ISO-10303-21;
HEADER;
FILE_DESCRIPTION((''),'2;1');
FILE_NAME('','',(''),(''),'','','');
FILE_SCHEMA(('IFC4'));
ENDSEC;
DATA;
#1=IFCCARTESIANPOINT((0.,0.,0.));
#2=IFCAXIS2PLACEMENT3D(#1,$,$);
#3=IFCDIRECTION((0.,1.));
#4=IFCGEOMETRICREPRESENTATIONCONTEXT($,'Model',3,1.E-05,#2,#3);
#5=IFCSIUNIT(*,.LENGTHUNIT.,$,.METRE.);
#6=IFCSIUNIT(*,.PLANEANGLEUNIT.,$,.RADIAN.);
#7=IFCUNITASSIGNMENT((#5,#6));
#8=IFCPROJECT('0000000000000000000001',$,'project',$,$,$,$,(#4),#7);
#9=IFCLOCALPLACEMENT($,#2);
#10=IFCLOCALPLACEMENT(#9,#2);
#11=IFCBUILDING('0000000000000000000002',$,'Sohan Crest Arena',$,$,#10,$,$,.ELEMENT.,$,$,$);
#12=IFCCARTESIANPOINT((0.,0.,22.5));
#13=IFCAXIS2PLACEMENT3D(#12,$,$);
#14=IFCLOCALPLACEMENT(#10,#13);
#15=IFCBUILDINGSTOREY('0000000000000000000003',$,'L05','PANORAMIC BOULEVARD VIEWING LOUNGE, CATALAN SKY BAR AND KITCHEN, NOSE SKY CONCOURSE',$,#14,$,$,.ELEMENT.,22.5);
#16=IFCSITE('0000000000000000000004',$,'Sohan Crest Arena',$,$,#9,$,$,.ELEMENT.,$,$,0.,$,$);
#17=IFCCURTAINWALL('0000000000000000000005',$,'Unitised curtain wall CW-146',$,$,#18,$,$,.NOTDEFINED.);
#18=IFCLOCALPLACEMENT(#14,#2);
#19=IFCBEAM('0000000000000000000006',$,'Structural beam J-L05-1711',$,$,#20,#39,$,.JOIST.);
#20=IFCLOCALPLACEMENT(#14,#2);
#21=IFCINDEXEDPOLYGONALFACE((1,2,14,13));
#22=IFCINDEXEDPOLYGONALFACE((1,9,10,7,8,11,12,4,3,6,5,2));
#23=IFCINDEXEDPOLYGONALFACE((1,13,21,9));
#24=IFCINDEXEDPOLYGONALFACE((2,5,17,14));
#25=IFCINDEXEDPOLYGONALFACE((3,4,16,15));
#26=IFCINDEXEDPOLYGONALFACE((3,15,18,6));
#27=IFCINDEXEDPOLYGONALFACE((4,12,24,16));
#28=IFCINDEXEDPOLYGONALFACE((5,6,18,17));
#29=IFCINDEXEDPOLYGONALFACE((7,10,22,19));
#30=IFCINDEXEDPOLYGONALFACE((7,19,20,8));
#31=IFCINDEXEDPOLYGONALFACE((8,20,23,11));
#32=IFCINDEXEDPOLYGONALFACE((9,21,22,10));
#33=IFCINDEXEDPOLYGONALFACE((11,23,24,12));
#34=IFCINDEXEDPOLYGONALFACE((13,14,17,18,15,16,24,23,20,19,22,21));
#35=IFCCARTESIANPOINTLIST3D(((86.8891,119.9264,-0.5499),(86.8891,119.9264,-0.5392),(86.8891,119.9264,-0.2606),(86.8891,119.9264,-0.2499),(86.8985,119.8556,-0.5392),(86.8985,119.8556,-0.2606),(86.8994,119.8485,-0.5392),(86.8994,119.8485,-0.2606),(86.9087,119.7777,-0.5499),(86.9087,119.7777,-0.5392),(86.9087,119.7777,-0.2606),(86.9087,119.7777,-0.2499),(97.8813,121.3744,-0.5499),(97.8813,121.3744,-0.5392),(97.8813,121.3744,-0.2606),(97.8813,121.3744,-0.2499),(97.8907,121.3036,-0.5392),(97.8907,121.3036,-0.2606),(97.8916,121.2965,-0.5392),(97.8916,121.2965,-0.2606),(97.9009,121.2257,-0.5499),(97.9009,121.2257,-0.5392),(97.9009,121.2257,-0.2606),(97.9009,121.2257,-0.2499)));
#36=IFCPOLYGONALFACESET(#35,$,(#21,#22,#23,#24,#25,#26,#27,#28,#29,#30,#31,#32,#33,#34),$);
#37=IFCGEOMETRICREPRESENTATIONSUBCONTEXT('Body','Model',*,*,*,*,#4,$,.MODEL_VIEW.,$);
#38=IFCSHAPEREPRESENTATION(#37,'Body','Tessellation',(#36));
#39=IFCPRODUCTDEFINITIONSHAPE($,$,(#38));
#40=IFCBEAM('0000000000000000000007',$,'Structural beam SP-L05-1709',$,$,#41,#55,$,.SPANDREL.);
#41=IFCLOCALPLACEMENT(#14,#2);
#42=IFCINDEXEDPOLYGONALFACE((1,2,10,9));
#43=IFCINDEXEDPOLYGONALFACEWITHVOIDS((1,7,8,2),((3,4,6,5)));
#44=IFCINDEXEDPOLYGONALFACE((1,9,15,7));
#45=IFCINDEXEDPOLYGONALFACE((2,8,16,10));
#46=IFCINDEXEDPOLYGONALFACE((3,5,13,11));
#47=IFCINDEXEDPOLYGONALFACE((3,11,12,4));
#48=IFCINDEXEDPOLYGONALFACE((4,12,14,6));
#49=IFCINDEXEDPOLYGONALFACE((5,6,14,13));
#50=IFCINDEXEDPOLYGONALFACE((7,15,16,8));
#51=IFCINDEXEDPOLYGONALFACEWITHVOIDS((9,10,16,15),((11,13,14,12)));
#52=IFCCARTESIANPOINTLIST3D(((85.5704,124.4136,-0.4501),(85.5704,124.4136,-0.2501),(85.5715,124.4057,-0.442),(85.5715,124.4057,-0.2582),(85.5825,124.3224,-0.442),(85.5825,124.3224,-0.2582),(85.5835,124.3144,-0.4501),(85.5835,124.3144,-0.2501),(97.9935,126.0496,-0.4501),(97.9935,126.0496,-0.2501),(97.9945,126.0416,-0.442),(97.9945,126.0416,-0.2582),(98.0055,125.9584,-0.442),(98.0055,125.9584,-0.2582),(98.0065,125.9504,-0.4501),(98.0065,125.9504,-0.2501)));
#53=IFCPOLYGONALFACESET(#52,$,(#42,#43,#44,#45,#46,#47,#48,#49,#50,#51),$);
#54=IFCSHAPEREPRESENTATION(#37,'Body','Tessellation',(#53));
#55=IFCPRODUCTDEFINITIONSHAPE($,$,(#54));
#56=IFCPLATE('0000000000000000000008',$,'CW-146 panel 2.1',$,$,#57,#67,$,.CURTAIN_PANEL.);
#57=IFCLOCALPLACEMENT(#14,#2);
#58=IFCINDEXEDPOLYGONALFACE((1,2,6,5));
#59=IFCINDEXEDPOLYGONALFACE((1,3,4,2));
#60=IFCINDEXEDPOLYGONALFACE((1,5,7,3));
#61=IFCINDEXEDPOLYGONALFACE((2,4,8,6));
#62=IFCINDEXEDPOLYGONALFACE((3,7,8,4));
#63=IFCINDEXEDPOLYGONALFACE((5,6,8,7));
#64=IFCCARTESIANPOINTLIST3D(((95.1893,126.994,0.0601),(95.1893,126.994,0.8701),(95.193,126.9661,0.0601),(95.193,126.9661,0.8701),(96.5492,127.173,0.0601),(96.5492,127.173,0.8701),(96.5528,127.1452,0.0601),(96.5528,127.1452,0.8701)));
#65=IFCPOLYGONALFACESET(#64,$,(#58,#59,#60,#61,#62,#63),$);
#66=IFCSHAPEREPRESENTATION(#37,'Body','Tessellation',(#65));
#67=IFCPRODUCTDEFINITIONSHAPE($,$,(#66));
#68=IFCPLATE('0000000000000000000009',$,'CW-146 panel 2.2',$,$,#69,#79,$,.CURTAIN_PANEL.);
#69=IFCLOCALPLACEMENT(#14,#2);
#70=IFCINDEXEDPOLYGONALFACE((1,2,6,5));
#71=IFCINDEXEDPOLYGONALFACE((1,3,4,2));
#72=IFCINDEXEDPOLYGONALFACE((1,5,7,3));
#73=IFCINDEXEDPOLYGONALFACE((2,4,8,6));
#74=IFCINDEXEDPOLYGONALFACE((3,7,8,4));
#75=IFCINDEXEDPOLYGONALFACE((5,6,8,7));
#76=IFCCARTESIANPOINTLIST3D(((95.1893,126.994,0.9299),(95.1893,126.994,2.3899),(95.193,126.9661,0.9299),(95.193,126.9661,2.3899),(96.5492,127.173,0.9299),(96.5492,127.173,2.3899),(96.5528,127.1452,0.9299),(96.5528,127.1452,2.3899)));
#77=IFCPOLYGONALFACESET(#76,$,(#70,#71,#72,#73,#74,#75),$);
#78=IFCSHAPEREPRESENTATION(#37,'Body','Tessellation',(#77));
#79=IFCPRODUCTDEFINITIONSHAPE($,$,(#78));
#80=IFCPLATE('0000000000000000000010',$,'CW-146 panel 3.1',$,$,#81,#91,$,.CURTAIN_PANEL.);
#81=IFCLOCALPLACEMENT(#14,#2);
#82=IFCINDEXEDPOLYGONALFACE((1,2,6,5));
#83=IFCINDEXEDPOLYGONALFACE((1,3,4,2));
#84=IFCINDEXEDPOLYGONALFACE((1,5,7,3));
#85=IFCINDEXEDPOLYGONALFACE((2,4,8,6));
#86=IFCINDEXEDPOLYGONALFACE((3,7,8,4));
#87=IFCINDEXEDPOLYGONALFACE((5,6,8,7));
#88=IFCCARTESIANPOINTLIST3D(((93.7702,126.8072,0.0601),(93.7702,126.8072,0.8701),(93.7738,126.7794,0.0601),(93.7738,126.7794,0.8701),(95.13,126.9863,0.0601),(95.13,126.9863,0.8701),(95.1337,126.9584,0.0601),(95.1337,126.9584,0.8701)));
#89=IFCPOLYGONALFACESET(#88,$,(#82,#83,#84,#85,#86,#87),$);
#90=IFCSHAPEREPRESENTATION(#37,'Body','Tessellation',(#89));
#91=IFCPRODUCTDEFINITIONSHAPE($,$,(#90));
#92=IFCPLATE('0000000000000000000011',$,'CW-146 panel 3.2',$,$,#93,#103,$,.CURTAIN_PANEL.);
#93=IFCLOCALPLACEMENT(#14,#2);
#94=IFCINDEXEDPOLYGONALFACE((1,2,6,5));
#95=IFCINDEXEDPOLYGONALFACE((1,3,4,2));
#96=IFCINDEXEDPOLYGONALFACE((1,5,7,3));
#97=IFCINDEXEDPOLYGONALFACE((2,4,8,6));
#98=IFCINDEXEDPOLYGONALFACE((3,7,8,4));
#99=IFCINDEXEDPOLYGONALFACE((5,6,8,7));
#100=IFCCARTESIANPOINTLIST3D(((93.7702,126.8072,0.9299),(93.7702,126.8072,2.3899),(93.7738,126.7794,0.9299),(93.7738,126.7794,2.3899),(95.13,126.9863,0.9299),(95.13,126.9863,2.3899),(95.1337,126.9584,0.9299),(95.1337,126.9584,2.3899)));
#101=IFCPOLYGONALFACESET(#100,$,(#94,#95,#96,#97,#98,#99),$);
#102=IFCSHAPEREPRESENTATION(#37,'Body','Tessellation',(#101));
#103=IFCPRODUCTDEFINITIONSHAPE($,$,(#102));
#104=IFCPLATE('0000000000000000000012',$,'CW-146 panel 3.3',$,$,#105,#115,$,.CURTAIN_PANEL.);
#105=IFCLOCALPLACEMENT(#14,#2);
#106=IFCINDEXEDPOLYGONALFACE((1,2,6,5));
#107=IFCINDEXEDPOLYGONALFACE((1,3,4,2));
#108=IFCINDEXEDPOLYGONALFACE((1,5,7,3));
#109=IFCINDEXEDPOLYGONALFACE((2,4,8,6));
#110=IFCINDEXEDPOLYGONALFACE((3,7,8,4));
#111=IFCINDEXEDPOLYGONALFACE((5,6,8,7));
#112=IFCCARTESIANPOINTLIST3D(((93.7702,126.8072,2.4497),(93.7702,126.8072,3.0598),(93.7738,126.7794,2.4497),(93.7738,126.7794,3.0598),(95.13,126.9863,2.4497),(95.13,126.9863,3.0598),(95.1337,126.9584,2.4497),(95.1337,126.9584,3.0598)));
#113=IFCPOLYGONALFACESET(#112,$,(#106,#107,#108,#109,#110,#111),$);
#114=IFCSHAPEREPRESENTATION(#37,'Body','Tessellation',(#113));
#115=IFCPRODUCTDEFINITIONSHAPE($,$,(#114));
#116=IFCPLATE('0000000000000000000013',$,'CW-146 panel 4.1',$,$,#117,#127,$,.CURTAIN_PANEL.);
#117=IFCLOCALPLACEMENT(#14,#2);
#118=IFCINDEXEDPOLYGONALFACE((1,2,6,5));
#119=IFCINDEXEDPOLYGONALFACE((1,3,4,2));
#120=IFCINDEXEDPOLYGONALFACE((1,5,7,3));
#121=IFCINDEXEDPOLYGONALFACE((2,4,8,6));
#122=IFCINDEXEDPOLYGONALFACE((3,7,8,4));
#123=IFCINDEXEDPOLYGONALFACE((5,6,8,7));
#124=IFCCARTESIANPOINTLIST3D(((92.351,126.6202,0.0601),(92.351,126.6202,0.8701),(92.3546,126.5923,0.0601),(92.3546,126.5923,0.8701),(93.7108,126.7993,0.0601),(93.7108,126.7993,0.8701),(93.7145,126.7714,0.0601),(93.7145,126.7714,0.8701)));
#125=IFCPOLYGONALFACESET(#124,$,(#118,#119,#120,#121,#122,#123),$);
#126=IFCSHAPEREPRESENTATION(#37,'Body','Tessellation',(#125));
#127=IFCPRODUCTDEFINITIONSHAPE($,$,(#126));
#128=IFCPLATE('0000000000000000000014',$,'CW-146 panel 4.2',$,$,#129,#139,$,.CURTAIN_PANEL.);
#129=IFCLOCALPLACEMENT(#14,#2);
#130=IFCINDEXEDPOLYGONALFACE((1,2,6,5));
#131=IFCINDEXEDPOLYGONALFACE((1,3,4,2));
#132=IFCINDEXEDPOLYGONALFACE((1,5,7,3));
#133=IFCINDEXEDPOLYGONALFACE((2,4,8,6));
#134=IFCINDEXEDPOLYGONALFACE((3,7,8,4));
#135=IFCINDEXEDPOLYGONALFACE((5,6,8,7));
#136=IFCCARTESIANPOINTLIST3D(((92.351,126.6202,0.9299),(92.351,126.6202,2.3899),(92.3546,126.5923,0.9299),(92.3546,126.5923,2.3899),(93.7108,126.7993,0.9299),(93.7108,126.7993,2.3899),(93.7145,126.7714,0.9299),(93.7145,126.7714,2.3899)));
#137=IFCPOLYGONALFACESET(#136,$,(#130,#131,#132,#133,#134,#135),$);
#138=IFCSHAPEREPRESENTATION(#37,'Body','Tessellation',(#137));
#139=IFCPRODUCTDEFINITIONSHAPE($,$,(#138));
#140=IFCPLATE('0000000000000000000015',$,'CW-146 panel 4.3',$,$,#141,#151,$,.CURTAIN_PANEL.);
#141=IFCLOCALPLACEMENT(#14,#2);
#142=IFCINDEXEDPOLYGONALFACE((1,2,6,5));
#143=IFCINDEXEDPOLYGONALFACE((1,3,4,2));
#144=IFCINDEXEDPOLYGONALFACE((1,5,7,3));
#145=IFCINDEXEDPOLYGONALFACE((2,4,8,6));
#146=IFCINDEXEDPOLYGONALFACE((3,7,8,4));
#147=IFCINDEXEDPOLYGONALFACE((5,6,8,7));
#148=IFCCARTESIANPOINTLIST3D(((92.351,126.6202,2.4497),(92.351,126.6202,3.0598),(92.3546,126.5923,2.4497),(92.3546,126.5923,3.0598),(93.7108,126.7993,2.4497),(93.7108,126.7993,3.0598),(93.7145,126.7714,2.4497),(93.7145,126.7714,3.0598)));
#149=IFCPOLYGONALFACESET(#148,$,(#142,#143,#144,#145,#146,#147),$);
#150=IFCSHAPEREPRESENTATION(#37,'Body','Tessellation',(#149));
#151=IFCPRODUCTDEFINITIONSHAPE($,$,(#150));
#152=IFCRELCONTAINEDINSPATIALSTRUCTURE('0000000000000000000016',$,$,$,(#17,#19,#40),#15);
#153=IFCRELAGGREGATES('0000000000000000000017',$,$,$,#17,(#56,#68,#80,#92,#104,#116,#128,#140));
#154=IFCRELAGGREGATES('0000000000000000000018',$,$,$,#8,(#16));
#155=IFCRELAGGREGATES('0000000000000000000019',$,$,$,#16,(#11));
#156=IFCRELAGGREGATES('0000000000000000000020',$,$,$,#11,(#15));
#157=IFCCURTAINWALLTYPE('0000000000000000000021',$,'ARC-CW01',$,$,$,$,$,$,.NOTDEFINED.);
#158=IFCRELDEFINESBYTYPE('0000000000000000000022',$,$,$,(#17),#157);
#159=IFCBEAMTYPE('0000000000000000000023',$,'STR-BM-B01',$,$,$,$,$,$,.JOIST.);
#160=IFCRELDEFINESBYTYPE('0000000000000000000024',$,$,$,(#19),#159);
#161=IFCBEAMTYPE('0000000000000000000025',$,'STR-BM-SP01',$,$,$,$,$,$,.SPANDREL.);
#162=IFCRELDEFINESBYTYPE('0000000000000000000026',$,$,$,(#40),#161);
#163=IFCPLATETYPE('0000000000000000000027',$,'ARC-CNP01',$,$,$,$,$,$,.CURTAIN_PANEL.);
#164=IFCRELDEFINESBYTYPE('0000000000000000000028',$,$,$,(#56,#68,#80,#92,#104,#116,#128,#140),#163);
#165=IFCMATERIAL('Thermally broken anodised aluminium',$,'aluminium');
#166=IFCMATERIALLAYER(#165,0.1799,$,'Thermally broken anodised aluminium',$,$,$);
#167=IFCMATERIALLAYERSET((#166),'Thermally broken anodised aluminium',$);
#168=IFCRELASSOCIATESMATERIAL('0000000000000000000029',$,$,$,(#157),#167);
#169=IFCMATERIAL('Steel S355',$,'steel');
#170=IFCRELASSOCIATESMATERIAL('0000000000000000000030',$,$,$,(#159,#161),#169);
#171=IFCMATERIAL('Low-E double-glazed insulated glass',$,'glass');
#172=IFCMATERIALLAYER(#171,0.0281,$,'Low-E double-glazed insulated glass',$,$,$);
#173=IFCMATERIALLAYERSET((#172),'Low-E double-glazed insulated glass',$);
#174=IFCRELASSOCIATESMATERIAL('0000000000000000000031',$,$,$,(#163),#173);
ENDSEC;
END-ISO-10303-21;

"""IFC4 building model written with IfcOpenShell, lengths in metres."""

from ifc_helpers import new_model, si_unit, direction, frame, origin, origin_2d, place, context, subcontext, project, spatial, rectangle, hollow_rectangle, i_section, extrude, material, layer, layer_set, material_profile, profile_set, type_object, element, aggregate, save


model = new_model("IFC4")

# Units and contexts
model_context = context("Model", 3, precision=1e-05, world=origin(), true_north=direction((0.0, 1.0)))
body_context = subcontext(model_context, "Body", "Model", "MODEL_VIEW")
ifc_project = project(units=[si_unit("LENGTHUNIT", "METRE"), si_unit("PLANEANGLEUNIT", "RADIAN")], contexts=[model_context])

# Site, building, storey
site_placement = place(None, origin())
site = spatial("IfcSite", under=ifc_project, at=site_placement, Name="Sohan Crest Arena", CompositionType="ELEMENT", RefElevation=0.0)
building_placement = place(site_placement, origin())
building = spatial("IfcBuilding", under=site, at=building_placement, Name="Sohan Crest Arena", CompositionType="ELEMENT")
storey_placement = place(building_placement, frame((0.0, 0.0, 22.5)))
storey = spatial("IfcBuildingStorey", under=building, at=storey_placement, Name="L05", Description="PANORAMIC BOULEVARD VIEWING LOUNGE, CATALAN SKY BAR AND KITCHEN, NOSE SKY CONCOURSE", CompositionType="ELEMENT", Elevation=22.5)

# Shared definitions
ifc_material_1 = material(Name="Steel S355", Category="steel")

# Curtain wall
ifc_material_2 = material(Name="Thermally broken anodised aluminium", Category="aluminium")
ifc_layer_1 = layer(ifc_material_2, 0.1799, Name="Thermally broken anodised aluminium")
ifc_layer_set_1 = layer_set([ifc_layer_1], Name="Thermally broken anodised aluminium")
curtain_wall_type = type_object("IfcCurtainWallType", Name="ARC-CW01", PredefinedType="NOTDEFINED", material=ifc_layer_set_1)
curtain_wall_placement = place(storey_placement, origin())
curtain_wall = element("IfcCurtainWall", 1, at=curtain_wall_placement, inside=storey, type_object=curtain_wall_type, Name="Unitised curtain wall CW-146", PredefinedType="NOTDEFINED")

# Beams
ifc_material_profile_1 = material_profile(ifc_material_1, i_section(OverallWidth=0.1499, OverallDepth=0.3, WebThickness=0.0071, FlangeThickness=0.0107, at=origin_2d()), Name="IPE 300")
ifc_profile_set_1 = profile_set([ifc_material_profile_1], Name="Steel S355")
beam_type_1 = type_object("IfcBeamType", Name="STR-BM-B01", PredefinedType="JOIST", material=ifc_profile_set_1)
beam_1_placement = place(storey_placement, frame((97.8911, 121.3, -0.3999), z_axis=(-0.991435, -0.130601, 0.0), x_axis=(0.130601, -0.991435, 0.0)))
element("IfcBeam", 2, at=beam_1_placement, inside=storey, type_object=beam_type_1, Name="Structural beam J-L05-1711", PredefinedType="JOIST", context=body_context, shape_type="SweptSolid", body=[
    extrude(i_section(OverallWidth=0.1499, OverallDepth=0.3, WebThickness=0.0071, FlangeThickness=0.0107, at=origin_2d()), origin(), (0.0, 0.0, 1.0), 11.0872),
])
ifc_material_profile_2 = material_profile(ifc_material_1, hollow_rectangle(XDim=0.1001, YDim=0.2, WallThickness=0.0081, at=origin_2d()), Name="RHS 200x100x8")
ifc_profile_set_2 = profile_set([ifc_material_profile_2], Name="Steel S355")
beam_type_2 = type_object("IfcBeamType", Name="STR-BM-SP01", PredefinedType="SPANDREL", material=ifc_profile_set_2)
beam_2_placement = place(storey_placement, frame((98.0, 126.0, -0.3501), z_axis=(-0.99144, -0.130562, 0.0), x_axis=(0.130562, -0.99144, 0.0)))
element("IfcBeam", 3, at=beam_2_placement, inside=storey, type_object=beam_type_2, Name="Structural beam SP-L05-1709", PredefinedType="SPANDREL", context=body_context, shape_type="SweptSolid", body=[
    extrude(hollow_rectangle(XDim=0.1001, YDim=0.2, WallThickness=0.0081, at=origin_2d()), origin(), (0.0, 0.0, 1.0), 12.5303),
])

# Plates
ifc_material_3 = material(Name="Low-E double-glazed insulated glass", Category="glass")
ifc_layer_2 = layer(ifc_material_3, 0.0281, Name="Low-E double-glazed insulated glass")
ifc_layer_set_2 = layer_set([ifc_layer_2], Name="Low-E double-glazed insulated glass")
plate_type = type_object("IfcPlateType", Name="ARC-CNP01", PredefinedType="CURTAIN_PANEL", material=ifc_layer_set_2)
plate_1_placement = place(storey_placement, frame((95.8711, 127.0696, 0.0601), z_axis=(0.0, 0.0, 1.0), x_axis=(-0.991441, -0.130557, 0.0)))
plate_1 = element("IfcPlate", 4, at=plate_1_placement, type_object=plate_type, Name="CW-146 panel 2.1", PredefinedType="CURTAIN_PANEL", context=body_context, shape_type="SweptSolid", body=[
    extrude(rectangle(XDim=1.3716, YDim=0.0281, at=origin_2d()), origin(), (0.0, 0.0, 1.0), 0.8101),
])
plate_2_placement = place(storey_placement, frame((95.8711, 127.0696, 0.9299), z_axis=(0.0, 0.0, 1.0), x_axis=(-0.991441, -0.130557, 0.0)))
plate_2 = element("IfcPlate", 5, at=plate_2_placement, type_object=plate_type, Name="CW-146 panel 2.2", PredefinedType="CURTAIN_PANEL", context=body_context, shape_type="SweptSolid", body=[
    extrude(rectangle(XDim=1.3716, YDim=0.0281, at=origin_2d()), origin(), (0.0, 0.0, 1.0), 1.46),
])
plate_3_placement = place(storey_placement, frame((94.4519, 126.8828, 0.0601), z_axis=(0.0, 0.0, 1.0), x_axis=(-0.991441, -0.130557, 0.0)))
plate_3 = element("IfcPlate", 6, at=plate_3_placement, type_object=plate_type, Name="CW-146 panel 3.1", PredefinedType="CURTAIN_PANEL", context=body_context, shape_type="SweptSolid", body=[
    extrude(rectangle(XDim=1.3716, YDim=0.0281, at=origin_2d()), origin(), (0.0, 0.0, 1.0), 0.8101),
])
plate_4_placement = place(storey_placement, frame((94.4519, 126.8828, 0.9299), z_axis=(0.0, 0.0, 1.0), x_axis=(-0.991441, -0.130557, 0.0)))
plate_4 = element("IfcPlate", 7, at=plate_4_placement, type_object=plate_type, Name="CW-146 panel 3.2", PredefinedType="CURTAIN_PANEL", context=body_context, shape_type="SweptSolid", body=[
    extrude(rectangle(XDim=1.3716, YDim=0.0281, at=origin_2d()), origin(), (0.0, 0.0, 1.0), 1.46),
])
plate_5_placement = place(storey_placement, frame((94.4519, 126.8828, 2.4497), z_axis=(0.0, 0.0, 1.0), x_axis=(-0.991441, -0.130557, 0.0)))
plate_5 = element("IfcPlate", 8, at=plate_5_placement, type_object=plate_type, Name="CW-146 panel 3.3", PredefinedType="CURTAIN_PANEL", context=body_context, shape_type="SweptSolid", body=[
    extrude(rectangle(XDim=1.3716, YDim=0.0281, at=origin_2d()), origin(), (0.0, 0.0, 1.0), 0.6101),
])
plate_6_placement = place(storey_placement, frame((93.0327, 126.6958, 0.0601), z_axis=(0.0, 0.0, 1.0), x_axis=(-0.991441, -0.130557, 0.0)))
plate_6 = element("IfcPlate", 9, at=plate_6_placement, type_object=plate_type, Name="CW-146 panel 4.1", PredefinedType="CURTAIN_PANEL", context=body_context, shape_type="SweptSolid", body=[
    extrude(rectangle(XDim=1.3716, YDim=0.0281, at=origin_2d()), origin(), (0.0, 0.0, 1.0), 0.8101),
])
plate_7_placement = place(storey_placement, frame((93.0327, 126.6958, 0.9299), z_axis=(0.0, 0.0, 1.0), x_axis=(-0.991441, -0.130557, 0.0)))
plate_7 = element("IfcPlate", 10, at=plate_7_placement, type_object=plate_type, Name="CW-146 panel 4.2", PredefinedType="CURTAIN_PANEL", context=body_context, shape_type="SweptSolid", body=[
    extrude(rectangle(XDim=1.3716, YDim=0.0281, at=origin_2d()), origin(), (0.0, 0.0, 1.0), 1.46),
])
plate_8_placement = place(storey_placement, frame((93.0327, 126.6958, 2.4497), z_axis=(0.0, 0.0, 1.0), x_axis=(-0.991441, -0.130557, 0.0)))
plate_8 = element("IfcPlate", 11, at=plate_8_placement, type_object=plate_type, Name="CW-146 panel 4.3", PredefinedType="CURTAIN_PANEL", context=body_context, shape_type="SweptSolid", body=[
    extrude(rectangle(XDim=1.3716, YDim=0.0281, at=origin_2d()), origin(), (0.0, 0.0, 1.0), 0.6101),
])
aggregate(curtain_wall, [plate_1, plate_2, plate_3, plate_4, plate_5, plate_6, plate_7, plate_8])

save(model, "model.ifc")
